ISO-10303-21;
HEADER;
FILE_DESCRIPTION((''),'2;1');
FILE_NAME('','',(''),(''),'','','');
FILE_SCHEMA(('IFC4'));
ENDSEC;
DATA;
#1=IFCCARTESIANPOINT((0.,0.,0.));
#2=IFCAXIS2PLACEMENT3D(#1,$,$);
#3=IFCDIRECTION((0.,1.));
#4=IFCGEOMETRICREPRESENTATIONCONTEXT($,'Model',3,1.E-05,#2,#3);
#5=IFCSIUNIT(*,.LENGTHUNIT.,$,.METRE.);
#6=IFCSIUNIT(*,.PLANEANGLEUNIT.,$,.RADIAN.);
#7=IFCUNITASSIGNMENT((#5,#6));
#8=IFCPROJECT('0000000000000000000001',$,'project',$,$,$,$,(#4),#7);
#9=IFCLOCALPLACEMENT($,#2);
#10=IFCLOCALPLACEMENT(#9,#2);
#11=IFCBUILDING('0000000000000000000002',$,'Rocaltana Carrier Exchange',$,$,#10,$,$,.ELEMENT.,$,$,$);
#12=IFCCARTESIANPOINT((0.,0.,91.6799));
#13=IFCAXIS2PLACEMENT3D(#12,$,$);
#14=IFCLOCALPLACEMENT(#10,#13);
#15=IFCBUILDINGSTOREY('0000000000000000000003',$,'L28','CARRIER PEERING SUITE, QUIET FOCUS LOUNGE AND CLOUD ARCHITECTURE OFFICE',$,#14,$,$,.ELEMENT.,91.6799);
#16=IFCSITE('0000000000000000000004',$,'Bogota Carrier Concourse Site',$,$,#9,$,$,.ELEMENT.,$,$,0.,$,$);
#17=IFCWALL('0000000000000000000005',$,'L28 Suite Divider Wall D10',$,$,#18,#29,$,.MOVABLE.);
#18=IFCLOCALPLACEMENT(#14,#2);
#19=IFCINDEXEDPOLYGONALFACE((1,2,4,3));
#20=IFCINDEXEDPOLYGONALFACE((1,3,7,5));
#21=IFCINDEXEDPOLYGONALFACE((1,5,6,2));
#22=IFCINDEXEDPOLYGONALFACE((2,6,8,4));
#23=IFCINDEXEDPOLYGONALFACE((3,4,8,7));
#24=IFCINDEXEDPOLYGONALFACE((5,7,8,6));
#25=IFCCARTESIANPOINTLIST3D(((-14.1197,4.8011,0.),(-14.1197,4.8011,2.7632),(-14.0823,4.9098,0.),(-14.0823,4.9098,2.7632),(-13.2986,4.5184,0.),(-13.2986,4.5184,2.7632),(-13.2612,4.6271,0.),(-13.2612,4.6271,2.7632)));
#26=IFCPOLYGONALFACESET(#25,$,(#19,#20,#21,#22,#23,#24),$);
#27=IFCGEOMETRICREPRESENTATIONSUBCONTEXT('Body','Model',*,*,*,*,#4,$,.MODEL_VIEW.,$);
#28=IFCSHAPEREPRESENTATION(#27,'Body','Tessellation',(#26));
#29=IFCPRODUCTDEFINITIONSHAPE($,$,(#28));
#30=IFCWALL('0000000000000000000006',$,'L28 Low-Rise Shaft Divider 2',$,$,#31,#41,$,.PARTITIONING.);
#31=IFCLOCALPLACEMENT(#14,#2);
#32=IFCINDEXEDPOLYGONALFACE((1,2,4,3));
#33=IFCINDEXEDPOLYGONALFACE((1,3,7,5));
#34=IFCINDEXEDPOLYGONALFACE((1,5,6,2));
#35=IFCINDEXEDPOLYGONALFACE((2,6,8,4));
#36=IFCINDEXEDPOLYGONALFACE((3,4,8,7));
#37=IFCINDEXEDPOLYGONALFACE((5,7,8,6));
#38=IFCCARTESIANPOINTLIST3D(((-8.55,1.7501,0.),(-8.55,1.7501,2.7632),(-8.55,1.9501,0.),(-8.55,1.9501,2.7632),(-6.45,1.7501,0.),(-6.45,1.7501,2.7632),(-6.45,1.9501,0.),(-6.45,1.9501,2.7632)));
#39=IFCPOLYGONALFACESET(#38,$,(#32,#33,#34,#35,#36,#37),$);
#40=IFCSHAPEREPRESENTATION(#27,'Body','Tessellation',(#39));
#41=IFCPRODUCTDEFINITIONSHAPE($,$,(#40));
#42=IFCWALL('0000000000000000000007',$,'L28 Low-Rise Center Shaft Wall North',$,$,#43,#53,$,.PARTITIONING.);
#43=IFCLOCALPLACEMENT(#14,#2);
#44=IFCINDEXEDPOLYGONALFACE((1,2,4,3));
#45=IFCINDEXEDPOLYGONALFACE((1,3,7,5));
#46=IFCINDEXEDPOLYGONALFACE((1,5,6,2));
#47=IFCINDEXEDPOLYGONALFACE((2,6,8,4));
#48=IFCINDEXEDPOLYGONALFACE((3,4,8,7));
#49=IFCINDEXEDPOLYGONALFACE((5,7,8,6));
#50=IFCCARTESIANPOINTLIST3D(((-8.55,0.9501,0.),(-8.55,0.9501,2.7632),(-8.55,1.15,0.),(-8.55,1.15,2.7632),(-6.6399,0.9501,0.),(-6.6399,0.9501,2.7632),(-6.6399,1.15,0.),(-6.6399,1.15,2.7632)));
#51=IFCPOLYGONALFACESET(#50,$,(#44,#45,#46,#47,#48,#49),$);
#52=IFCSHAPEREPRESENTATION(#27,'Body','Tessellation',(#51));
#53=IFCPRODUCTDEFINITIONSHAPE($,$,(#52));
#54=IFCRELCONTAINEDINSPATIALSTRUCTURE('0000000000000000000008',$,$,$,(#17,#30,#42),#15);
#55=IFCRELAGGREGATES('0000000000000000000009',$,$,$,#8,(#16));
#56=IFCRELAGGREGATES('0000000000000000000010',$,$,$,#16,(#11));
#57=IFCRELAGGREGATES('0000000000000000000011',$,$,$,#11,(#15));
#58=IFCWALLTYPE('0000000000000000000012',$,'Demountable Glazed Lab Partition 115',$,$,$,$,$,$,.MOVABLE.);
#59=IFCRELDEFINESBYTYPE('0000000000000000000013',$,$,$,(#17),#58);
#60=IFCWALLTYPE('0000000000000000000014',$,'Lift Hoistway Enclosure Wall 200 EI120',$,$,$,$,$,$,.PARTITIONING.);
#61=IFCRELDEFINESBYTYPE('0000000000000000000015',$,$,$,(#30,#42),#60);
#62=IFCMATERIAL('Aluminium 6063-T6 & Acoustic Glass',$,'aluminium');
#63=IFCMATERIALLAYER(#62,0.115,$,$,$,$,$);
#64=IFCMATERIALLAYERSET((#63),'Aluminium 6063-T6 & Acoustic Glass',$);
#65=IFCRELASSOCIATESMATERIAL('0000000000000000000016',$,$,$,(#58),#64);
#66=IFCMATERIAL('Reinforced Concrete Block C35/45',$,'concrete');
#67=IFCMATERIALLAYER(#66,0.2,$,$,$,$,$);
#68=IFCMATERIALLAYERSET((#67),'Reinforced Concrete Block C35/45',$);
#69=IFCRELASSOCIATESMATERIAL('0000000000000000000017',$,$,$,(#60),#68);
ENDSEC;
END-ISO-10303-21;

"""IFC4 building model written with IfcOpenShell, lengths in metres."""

from ifc_helpers import new_model, si_unit, direction, frame, frame_2d, origin, place, context, subcontext, project, spatial, rectangle, extrude, material, layer, layer_set, type_object, element, save


model = new_model("IFC4")

# Units and contexts
model_context = context("Model", 3, precision=1e-05, world=origin(), true_north=direction((0.0, 1.0)))
body_context = subcontext(model_context, "Body", "Model", "MODEL_VIEW")
ifc_project = project(units=[si_unit("LENGTHUNIT", "METRE"), si_unit("PLANEANGLEUNIT", "RADIAN")], contexts=[model_context])

# Site, building, storey
site_placement = place(None, origin())
site = spatial("IfcSite", under=ifc_project, at=site_placement, Name="Bogota Carrier Concourse Site", CompositionType="ELEMENT", RefElevation=0.0)
building_placement = place(site_placement, origin())
building = spatial("IfcBuilding", under=site, at=building_placement, Name="Rocaltana Carrier Exchange", CompositionType="ELEMENT")
storey_placement = place(building_placement, frame((0.0, 0.0, 91.6799)))
storey = spatial("IfcBuildingStorey", under=building, at=storey_placement, Name="L28", Description="CARRIER PEERING SUITE, QUIET FOCUS LOUNGE AND CLOUD ARCHITECTURE OFFICE", CompositionType="ELEMENT", Elevation=91.6799)

# Walls
ifc_material_1 = material(Name="Aluminium 6063-T6 & Acoustic Glass", Category="aluminium")
ifc_layer_1 = layer(ifc_material_1, 0.115)
ifc_layer_set_1 = layer_set([ifc_layer_1], Name="Aluminium 6063-T6 & Acoustic Glass")
wall_type_1 = type_object("IfcWallType", Name="Demountable Glazed Lab Partition 115", PredefinedType="MOVABLE", material=ifc_layer_set_1)
wall_1_placement = place(storey_placement, frame((-13.28, 4.5728, 0.0), z_axis=(0.0, 0.0, 1.0), x_axis=(-0.945516, 0.325575, 0.0)))
element("IfcWall", 1, at=wall_1_placement, inside=storey, type_object=wall_type_1, Name="L28 Suite Divider Wall D10", PredefinedType="MOVABLE", context=body_context, shape_type="SweptSolid", body=[
    extrude(rectangle(XDim=0.8684, YDim=0.115, at=frame_2d((0.4341, 0.0))), origin(), (0.0, 0.0, 1.0), 2.7632),
])
ifc_material_2 = material(Name="Reinforced Concrete Block C35/45", Category="concrete")
ifc_layer_2 = layer(ifc_material_2, 0.2)
ifc_layer_set_2 = layer_set([ifc_layer_2], Name="Reinforced Concrete Block C35/45")
wall_type_2 = type_object("IfcWallType", Name="Lift Hoistway Enclosure Wall 200 EI120", PredefinedType="PARTITIONING", material=ifc_layer_set_2)
wall_2_placement = place(storey_placement, frame((-8.55, 1.8501, 0.0), z_axis=(0.0, 0.0, 1.0), x_axis=(1.0, 0.0, 0.0)))
element("IfcWall", 2, at=wall_2_placement, inside=storey, type_object=wall_type_2, Name="L28 Low-Rise Shaft Divider 2", PredefinedType="PARTITIONING", context=body_context, shape_type="SweptSolid", body=[
    extrude(rectangle(XDim=2.1001, YDim=0.2, at=frame_2d((1.05, 0.0))), origin(), (0.0, 0.0, 1.0), 2.7632),
])
wall_3_placement = place(storey_placement, frame((-8.55, 1.05, 0.0), z_axis=(0.0, 0.0, 1.0), x_axis=(1.0, 0.0, 0.0)))
element("IfcWall", 3, at=wall_3_placement, inside=storey, type_object=wall_type_2, Name="L28 Low-Rise Center Shaft Wall North", PredefinedType="PARTITIONING", context=body_context, shape_type="SweptSolid", body=[
    extrude(rectangle(XDim=1.9102, YDim=0.2, at=frame_2d((0.9551, 0.0))), origin(), (0.0, 0.0, 1.0), 2.7632),
])

save(model, "model.ifc")
